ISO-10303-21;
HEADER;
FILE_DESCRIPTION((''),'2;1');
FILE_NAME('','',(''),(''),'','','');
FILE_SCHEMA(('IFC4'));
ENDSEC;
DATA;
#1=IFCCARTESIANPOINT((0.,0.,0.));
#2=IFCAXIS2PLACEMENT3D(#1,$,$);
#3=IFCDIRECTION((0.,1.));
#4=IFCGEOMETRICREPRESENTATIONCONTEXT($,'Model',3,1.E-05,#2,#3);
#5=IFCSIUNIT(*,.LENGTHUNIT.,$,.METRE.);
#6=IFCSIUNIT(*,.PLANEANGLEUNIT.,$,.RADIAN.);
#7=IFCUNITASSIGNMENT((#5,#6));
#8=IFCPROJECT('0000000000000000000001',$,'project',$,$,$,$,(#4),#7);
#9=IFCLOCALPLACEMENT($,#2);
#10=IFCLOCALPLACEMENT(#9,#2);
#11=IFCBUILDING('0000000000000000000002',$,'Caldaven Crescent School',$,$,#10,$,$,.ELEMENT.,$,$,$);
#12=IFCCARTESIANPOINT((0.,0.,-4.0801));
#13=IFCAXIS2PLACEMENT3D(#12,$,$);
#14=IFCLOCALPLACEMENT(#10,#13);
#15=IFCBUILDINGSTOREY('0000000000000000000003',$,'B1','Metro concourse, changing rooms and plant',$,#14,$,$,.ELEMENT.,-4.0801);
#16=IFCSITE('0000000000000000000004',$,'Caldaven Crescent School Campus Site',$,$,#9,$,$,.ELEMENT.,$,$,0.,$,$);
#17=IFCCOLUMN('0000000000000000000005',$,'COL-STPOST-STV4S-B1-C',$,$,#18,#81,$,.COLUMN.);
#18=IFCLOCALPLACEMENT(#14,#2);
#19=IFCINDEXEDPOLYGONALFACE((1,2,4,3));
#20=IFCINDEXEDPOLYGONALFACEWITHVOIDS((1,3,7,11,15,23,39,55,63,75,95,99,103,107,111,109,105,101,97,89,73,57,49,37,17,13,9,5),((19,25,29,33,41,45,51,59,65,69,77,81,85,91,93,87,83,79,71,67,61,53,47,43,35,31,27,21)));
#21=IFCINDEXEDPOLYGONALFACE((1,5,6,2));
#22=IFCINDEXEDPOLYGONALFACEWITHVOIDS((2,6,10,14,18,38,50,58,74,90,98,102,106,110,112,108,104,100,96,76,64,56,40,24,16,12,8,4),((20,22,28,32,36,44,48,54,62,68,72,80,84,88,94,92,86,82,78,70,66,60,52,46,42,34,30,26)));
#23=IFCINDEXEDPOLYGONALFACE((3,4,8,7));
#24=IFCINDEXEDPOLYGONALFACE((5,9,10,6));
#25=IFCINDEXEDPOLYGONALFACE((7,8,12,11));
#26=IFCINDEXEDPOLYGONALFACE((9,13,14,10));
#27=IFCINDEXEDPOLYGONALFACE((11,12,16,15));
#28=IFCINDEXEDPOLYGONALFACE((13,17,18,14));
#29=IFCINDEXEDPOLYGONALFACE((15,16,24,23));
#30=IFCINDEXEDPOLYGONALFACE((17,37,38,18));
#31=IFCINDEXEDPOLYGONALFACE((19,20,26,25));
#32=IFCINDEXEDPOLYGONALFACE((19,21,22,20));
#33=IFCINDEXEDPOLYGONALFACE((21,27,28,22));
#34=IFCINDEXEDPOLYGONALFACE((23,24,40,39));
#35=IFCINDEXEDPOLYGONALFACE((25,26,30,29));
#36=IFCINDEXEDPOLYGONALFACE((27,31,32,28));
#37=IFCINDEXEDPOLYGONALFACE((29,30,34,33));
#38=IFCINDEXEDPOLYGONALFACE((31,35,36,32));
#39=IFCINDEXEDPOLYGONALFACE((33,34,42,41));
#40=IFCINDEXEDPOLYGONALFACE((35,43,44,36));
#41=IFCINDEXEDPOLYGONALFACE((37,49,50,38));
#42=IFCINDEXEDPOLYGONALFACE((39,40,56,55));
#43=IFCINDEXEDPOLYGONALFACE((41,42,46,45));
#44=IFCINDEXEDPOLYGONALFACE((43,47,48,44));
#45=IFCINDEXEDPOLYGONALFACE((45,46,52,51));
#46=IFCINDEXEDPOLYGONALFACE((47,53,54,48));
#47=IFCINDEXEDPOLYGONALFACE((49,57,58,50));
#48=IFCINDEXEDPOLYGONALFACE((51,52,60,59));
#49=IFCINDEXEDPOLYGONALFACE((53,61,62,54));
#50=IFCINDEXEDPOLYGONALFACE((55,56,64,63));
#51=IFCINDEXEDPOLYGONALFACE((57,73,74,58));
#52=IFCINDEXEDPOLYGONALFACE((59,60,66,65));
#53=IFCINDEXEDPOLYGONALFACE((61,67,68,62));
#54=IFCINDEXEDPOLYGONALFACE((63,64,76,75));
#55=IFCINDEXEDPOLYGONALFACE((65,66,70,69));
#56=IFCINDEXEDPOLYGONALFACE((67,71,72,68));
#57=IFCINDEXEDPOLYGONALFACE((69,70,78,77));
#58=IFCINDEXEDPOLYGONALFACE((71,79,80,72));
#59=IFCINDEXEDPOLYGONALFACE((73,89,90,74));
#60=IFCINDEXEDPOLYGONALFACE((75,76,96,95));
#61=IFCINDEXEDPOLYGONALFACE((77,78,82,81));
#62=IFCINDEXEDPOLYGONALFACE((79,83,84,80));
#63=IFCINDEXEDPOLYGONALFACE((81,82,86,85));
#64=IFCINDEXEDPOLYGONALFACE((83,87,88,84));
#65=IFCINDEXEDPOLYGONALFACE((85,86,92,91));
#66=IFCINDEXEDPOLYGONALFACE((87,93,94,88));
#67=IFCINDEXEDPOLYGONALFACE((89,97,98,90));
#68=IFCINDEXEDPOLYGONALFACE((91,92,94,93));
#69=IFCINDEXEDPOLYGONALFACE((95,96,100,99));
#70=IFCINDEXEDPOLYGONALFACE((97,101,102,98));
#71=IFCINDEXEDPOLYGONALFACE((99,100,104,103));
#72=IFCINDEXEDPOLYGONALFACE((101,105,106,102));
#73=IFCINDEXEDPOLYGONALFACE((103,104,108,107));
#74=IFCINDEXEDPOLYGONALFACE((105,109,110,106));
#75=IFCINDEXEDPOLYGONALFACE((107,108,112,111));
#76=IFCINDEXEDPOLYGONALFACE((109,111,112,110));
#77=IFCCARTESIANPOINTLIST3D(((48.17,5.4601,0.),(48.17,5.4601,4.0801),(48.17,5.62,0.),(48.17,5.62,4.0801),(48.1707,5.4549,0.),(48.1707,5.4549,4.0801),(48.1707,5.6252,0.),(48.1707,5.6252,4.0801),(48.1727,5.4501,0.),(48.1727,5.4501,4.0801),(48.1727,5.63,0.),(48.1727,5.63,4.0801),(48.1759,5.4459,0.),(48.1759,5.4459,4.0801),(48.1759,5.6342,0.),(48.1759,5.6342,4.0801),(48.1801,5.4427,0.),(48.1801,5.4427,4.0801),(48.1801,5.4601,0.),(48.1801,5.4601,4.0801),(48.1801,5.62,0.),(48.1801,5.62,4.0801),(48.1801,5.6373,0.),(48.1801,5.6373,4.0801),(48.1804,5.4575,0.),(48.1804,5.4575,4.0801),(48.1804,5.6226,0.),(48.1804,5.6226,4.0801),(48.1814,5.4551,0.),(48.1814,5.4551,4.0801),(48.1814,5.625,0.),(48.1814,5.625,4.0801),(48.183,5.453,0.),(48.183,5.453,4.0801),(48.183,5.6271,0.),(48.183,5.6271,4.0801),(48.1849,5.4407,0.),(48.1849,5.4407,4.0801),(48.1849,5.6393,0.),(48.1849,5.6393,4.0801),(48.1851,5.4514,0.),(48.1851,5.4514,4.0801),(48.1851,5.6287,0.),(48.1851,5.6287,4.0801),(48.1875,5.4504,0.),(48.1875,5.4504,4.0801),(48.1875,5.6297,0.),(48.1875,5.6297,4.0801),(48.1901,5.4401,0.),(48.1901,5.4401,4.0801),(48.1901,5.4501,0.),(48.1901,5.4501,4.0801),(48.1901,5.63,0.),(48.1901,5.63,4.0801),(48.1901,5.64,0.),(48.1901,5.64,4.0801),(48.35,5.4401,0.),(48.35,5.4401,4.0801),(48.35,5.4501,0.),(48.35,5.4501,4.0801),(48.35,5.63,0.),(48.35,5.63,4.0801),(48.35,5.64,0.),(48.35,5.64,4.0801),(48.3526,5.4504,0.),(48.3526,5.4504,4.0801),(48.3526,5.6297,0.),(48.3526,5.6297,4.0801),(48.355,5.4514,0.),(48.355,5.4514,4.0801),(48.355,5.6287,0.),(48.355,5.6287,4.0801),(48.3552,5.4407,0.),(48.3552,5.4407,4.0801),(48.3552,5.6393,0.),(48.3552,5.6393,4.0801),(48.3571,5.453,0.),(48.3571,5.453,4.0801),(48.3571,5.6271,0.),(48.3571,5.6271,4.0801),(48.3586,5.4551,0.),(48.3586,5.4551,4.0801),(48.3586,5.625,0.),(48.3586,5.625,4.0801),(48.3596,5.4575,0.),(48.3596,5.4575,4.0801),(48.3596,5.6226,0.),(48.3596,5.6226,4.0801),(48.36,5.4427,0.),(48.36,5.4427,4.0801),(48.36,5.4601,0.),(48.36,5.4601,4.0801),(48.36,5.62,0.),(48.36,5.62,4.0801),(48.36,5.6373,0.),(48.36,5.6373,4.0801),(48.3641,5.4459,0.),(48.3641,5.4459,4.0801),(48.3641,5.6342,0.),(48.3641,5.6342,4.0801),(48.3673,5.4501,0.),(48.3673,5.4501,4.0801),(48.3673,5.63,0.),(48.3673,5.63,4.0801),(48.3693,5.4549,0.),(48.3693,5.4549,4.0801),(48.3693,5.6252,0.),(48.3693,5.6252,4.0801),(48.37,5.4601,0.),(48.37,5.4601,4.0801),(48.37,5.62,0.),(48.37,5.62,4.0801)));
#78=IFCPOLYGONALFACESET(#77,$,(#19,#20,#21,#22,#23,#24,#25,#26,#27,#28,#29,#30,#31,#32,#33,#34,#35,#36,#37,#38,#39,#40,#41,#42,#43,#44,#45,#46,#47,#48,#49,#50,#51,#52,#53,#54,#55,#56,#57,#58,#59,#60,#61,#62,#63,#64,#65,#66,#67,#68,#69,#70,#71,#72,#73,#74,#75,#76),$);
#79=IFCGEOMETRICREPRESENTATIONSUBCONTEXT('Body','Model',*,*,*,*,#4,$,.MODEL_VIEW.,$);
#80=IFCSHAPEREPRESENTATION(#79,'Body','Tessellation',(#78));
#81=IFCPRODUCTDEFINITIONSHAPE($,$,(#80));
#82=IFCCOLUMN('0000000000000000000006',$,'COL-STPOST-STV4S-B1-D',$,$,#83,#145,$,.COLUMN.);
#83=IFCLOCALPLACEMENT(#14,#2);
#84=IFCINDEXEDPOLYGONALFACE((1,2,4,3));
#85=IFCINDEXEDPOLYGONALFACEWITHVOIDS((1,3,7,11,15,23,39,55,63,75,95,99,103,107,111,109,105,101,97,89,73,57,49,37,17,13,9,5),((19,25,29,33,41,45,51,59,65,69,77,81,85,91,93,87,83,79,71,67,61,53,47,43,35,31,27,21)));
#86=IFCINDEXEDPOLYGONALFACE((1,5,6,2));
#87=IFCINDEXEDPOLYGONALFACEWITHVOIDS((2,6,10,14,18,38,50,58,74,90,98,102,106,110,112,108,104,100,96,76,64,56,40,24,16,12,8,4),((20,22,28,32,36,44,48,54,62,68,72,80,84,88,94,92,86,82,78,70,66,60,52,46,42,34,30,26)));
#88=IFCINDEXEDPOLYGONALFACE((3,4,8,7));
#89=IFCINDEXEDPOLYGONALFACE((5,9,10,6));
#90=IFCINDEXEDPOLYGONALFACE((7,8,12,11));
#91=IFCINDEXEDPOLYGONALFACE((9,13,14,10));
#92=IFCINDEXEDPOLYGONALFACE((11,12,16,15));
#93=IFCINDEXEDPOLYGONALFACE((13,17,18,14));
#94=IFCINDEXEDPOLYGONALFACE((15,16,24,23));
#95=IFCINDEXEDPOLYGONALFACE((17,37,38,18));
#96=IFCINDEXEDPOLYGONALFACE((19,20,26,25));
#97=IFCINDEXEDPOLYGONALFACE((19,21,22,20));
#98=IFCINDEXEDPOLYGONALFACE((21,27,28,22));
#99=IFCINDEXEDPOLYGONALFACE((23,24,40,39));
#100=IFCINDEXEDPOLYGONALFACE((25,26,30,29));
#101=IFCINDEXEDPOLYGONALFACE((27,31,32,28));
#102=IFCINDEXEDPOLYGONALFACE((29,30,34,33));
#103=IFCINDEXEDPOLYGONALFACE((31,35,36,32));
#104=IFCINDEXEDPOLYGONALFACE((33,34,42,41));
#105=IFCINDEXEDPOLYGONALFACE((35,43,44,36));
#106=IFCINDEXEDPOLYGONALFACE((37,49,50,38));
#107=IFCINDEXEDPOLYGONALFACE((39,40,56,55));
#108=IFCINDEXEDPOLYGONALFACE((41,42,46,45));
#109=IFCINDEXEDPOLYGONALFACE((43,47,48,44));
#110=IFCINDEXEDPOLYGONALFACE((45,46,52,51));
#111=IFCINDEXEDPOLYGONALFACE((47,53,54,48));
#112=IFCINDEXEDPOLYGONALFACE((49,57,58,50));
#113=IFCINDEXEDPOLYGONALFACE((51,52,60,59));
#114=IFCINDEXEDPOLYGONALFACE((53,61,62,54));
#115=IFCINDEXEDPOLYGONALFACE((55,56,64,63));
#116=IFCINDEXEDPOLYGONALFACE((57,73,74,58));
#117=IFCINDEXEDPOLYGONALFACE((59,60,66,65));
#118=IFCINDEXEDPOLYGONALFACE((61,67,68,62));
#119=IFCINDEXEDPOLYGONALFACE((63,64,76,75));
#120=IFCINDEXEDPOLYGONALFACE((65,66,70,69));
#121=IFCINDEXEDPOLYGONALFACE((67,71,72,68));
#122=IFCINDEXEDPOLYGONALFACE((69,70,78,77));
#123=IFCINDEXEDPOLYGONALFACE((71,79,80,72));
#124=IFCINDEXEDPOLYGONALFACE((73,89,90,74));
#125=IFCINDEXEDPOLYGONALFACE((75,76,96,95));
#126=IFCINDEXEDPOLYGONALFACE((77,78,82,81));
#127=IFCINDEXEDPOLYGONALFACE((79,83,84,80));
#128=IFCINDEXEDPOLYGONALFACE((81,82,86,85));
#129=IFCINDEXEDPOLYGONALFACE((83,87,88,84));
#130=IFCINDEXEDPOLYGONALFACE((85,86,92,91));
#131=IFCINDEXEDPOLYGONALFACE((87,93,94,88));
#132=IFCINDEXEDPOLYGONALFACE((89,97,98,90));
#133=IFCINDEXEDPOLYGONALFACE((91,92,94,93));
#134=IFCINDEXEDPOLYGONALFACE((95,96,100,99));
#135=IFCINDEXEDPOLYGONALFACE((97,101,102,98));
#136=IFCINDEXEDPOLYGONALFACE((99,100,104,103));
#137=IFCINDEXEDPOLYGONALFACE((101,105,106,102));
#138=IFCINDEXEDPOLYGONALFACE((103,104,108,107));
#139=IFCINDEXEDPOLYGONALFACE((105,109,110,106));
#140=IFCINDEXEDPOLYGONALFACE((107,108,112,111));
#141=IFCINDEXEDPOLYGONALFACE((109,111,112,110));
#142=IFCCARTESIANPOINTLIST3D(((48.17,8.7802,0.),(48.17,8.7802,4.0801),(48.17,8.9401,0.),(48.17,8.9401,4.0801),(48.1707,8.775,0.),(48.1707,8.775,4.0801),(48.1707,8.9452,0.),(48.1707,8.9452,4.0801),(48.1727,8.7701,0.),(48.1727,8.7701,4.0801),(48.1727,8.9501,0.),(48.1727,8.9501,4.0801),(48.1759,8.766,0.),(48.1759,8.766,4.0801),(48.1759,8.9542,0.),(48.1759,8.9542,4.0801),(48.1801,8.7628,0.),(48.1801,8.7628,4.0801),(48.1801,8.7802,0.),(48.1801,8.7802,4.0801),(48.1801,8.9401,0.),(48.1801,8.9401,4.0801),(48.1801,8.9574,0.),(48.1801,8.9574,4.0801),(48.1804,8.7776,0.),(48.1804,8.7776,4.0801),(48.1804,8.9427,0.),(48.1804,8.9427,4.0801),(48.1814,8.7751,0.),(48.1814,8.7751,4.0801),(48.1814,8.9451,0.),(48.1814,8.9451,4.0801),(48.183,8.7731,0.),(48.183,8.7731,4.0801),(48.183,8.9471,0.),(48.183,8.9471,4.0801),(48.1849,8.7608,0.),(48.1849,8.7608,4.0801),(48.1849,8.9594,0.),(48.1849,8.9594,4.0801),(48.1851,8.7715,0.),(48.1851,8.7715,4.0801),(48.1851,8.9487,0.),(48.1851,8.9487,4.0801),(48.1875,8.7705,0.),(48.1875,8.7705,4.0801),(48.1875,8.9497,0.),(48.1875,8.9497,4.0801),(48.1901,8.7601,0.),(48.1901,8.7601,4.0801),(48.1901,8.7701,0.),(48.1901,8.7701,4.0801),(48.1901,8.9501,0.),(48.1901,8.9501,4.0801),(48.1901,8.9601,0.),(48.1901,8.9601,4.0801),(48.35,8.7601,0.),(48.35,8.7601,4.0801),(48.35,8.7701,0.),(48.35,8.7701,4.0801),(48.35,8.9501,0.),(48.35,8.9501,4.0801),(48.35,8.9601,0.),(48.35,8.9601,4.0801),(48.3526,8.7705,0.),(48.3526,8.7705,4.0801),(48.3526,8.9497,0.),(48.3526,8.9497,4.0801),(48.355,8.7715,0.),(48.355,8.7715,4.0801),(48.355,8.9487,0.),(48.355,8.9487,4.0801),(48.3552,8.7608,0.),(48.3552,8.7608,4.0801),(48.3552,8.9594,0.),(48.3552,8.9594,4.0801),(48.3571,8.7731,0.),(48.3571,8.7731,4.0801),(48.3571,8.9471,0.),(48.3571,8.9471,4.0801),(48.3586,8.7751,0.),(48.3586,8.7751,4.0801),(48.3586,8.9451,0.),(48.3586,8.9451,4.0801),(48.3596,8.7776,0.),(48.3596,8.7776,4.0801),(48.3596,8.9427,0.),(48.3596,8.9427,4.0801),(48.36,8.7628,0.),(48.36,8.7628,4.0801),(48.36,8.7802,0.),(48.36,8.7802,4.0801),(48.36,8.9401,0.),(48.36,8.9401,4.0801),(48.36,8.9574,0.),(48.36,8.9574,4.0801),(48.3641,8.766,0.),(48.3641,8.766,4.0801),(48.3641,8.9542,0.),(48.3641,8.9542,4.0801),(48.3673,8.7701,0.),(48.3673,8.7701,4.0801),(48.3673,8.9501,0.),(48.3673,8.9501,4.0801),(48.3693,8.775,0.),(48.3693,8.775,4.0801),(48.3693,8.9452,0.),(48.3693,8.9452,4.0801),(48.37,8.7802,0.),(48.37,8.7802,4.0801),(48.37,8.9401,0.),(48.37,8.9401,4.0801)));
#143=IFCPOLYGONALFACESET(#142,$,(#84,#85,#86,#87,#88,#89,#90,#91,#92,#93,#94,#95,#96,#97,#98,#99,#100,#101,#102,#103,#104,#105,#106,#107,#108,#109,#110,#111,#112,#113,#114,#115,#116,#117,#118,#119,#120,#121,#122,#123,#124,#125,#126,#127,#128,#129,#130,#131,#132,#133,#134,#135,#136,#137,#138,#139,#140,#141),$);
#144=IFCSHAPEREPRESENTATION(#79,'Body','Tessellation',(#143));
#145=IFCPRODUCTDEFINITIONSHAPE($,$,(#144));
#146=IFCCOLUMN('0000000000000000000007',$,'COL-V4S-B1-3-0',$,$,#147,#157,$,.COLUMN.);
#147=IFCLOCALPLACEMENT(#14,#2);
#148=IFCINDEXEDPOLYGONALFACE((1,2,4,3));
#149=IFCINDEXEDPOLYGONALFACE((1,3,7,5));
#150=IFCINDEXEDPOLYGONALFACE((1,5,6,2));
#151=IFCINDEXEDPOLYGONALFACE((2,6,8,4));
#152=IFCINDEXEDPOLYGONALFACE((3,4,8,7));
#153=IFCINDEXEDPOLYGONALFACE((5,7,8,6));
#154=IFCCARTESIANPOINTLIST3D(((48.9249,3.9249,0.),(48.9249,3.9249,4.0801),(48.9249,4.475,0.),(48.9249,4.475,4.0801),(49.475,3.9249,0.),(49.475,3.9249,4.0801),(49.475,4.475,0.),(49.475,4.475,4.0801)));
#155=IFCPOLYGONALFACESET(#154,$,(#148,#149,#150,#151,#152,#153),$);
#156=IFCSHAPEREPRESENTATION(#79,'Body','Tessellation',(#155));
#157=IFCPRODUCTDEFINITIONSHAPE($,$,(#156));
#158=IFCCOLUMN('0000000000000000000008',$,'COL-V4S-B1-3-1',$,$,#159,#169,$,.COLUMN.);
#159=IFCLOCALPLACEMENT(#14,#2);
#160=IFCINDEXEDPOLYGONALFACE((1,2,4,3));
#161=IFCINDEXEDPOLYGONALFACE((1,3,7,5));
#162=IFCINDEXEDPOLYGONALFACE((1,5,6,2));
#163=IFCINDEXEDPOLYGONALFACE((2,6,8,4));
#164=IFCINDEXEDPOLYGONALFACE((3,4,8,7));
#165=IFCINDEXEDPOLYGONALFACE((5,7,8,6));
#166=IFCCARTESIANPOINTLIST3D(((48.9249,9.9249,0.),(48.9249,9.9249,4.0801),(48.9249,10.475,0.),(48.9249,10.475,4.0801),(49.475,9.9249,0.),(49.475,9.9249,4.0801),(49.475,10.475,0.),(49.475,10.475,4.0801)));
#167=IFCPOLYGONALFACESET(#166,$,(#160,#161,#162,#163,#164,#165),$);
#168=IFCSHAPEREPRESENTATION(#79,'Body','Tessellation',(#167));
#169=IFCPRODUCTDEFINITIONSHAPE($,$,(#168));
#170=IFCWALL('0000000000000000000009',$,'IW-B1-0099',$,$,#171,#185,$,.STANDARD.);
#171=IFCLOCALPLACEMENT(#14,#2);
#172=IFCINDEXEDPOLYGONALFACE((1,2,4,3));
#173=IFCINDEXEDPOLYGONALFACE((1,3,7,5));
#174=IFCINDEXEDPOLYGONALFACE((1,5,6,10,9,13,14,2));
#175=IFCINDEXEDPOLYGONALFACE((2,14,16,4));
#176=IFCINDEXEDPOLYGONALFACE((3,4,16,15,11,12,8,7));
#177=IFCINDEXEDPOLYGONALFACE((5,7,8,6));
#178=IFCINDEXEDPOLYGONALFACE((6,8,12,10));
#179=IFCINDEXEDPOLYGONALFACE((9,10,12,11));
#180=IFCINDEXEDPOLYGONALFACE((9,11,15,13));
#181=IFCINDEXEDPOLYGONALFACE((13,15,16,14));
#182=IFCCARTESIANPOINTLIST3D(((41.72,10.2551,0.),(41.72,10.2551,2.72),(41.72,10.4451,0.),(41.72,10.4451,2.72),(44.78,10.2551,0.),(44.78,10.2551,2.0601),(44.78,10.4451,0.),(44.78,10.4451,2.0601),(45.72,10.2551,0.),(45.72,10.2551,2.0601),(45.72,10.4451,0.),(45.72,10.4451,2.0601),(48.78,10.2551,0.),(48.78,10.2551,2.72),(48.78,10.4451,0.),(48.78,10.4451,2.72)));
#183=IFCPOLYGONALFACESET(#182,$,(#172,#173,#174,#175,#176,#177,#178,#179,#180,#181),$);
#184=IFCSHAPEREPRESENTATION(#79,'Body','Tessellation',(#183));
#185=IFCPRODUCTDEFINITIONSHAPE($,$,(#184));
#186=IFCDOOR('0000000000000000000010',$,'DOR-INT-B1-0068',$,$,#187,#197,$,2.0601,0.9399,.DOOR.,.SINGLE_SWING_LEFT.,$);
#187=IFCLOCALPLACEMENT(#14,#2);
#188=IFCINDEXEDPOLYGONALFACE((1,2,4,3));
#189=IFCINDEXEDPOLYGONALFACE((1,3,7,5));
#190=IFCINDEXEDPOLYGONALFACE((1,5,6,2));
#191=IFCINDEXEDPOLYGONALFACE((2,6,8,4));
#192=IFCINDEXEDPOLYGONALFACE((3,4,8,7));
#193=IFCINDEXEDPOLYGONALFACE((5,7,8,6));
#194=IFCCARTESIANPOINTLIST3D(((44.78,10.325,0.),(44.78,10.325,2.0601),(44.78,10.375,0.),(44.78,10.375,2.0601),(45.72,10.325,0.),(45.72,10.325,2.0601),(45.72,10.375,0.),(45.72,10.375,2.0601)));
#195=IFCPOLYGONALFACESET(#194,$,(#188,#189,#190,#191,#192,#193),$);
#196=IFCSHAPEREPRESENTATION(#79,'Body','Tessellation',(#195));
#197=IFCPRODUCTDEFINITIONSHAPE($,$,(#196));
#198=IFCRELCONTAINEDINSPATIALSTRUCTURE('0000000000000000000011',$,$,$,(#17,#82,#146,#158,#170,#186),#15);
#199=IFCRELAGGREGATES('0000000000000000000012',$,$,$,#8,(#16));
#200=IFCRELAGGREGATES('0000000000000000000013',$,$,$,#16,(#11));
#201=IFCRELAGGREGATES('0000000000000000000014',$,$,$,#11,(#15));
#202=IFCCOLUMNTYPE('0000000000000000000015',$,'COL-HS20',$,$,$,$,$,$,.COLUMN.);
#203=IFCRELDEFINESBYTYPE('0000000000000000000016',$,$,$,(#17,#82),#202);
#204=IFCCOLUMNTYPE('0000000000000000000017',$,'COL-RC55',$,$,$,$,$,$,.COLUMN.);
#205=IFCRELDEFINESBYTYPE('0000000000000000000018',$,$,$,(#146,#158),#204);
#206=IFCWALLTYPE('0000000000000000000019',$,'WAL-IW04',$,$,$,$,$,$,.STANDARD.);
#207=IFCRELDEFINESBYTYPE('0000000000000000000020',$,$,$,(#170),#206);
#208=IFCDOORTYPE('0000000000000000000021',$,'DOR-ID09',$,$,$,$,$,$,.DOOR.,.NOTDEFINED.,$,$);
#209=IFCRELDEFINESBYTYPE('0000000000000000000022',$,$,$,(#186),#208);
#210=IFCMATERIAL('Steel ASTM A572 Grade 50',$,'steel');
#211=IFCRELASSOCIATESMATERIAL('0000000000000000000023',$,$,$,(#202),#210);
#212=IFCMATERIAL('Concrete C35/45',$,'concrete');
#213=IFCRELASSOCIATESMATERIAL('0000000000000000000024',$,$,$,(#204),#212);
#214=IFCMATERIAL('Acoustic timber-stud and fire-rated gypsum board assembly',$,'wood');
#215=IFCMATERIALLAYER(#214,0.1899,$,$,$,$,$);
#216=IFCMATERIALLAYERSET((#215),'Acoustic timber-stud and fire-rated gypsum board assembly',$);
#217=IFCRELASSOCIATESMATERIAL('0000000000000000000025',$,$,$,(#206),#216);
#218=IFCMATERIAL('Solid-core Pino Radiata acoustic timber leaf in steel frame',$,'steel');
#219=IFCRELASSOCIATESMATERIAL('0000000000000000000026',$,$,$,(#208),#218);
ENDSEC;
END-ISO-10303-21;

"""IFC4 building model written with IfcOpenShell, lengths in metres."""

from ifc_helpers import new_model, si_unit, direction, frame, frame_2d, origin, origin_2d, place, context, subcontext, project, spatial, rectangle, hollow_rectangle, extrude, material, layer, layer_set, material_profile, profile_set, type_object, element, fill, save


model = new_model("IFC4")

# Units and contexts
model_context = context("Model", 3, precision=1e-05, world=origin(), true_north=direction((0.0, 1.0)))
body_context = subcontext(model_context, "Body", "Model", "MODEL_VIEW")
ifc_project = project(units=[si_unit("LENGTHUNIT", "METRE"), si_unit("PLANEANGLEUNIT", "RADIAN")], contexts=[model_context])

# Site, building, storey
site_placement = place(None, origin())
site = spatial("IfcSite", under=ifc_project, at=site_placement, Name="Caldaven Crescent School Campus Site", CompositionType="ELEMENT", RefElevation=0.0)
building_placement = place(site_placement, origin())
building = spatial("IfcBuilding", under=site, at=building_placement, Name="Caldaven Crescent School", CompositionType="ELEMENT")
storey_placement = place(building_placement, frame((0.0, 0.0, -4.0801)))
storey = spatial("IfcBuildingStorey", under=building, at=storey_placement, Name="B1", Description="Metro concourse, changing rooms and plant", CompositionType="ELEMENT", Elevation=-4.0801)

# Shared definitions
ifc_material_1 = material(Name="Concrete C35/45", Category="concrete")

# Columns
ifc_material_2 = material(Name="Steel ASTM A572 Grade 50", Category="steel")
ifc_material_profile_1 = material_profile(ifc_material_2, hollow_rectangle(XDim=0.2, YDim=0.2, WallThickness=0.01, InnerFilletRadius=0.01, OuterFilletRadius=0.02, at=origin_2d()), Name="HSS 200x200x10")
ifc_profile_set_1 = profile_set([ifc_material_profile_1], Name="Steel ASTM A572 Grade 50")
column_type_1 = type_object("IfcColumnType", Name="COL-HS20", PredefinedType="COLUMN", material=ifc_profile_set_1)
for number, where, z_axis, x_axis, name in (
    (1, (48.27, 5.54, 0.0), (0.0, 0.0, 1.0), (1.0, 0.0, 0.0), "COL-STPOST-STV4S-B1-C"),
    (2, (48.27, 8.8601, 0.0), (0.0, 0.0, 1.0), (1.0, 0.0, 0.0), "COL-STPOST-STV4S-B1-D"),
):
    element("IfcColumn", number, at=place(storey_placement, frame(where, z_axis=z_axis, x_axis=x_axis)), inside=storey, type_object=column_type_1, Name=name, PredefinedType="COLUMN", context=body_context, shape_type="SweptSolid", body=[
        extrude(hollow_rectangle(XDim=0.2, YDim=0.2, WallThickness=0.01, InnerFilletRadius=0.01, OuterFilletRadius=0.02, at=origin_2d()), origin(), (0.0, 0.0, 1.0), 4.0801),
    ])
ifc_material_profile_2 = material_profile(ifc_material_1, rectangle(XDim=0.55, YDim=0.55, at=origin_2d()), Name="RC 550x550")
ifc_profile_set_2 = profile_set([ifc_material_profile_2], Name="Concrete C35/45")
column_type_2 = type_object("IfcColumnType", Name="COL-RC55", PredefinedType="COLUMN", material=ifc_profile_set_2)
for number, where, z_axis, x_axis, name in (
    (3, (49.2, 4.2, 0.0), (0.0, 0.0, 1.0), (1.0, 0.0, 0.0), "COL-V4S-B1-3-0"),
    (4, (49.2, 10.2, 0.0), (0.0, 0.0, 1.0), (1.0, 0.0, 0.0), "COL-V4S-B1-3-1"),
):
    element("IfcColumn", number, at=place(storey_placement, frame(where, z_axis=z_axis, x_axis=x_axis)), inside=storey, type_object=column_type_2, Name=name, PredefinedType="COLUMN", context=body_context, shape_type="SweptSolid", body=[
        extrude(rectangle(XDim=0.55, YDim=0.55, at=origin_2d()), origin(), (0.0, 0.0, 1.0), 4.0801),
    ])

# Wall, opening, door
ifc_material_3 = material(Name="Acoustic timber-stud and fire-rated gypsum board assembly", Category="wood")
ifc_layer_1 = layer(ifc_material_3, 0.1899)
ifc_layer_set_1 = layer_set([ifc_layer_1], Name="Acoustic timber-stud and fire-rated gypsum board assembly")
wall_type_1 = type_object("IfcWallType", Name="WAL-IW04", PredefinedType="STANDARD", material=ifc_layer_set_1)
wall_1_placement = place(storey_placement, frame((41.72, 10.3501, 0.0), z_axis=(0.0, 0.0, 1.0), x_axis=(1.0, 0.0, 0.0)))
wall_1 = element("IfcWall", 5, at=wall_1_placement, inside=storey, type_object=wall_type_1, Name="IW-B1-0099", PredefinedType="STANDARD", context=body_context, shape_type="SweptSolid", body=[
    extrude(rectangle(XDim=7.0601, YDim=0.1899, at=frame_2d((3.53, 0.0))), origin(), (0.0, 0.0, 1.0), 2.72),
])
opening_1_placement = place(wall_1_placement, frame((3.0601, 0.0, 0.0)))
opening_1 = element("IfcOpeningElement", 6, at=opening_1_placement, cuts=wall_1, PredefinedType="OPENING", context=body_context, shape_type="SweptSolid", body=[
    extrude(rectangle(XDim=0.9399, YDim=2.0601, at=frame_2d((0.47, 1.03))), frame((0.0, 0.105, 0.0), z_axis=(0.0, -1.0, 0.0), x_axis=(1.0, 0.0, 0.0)), (0.0, 0.0, 1.0), 0.21),
])
ifc_material_4 = material(Name="Solid-core Pino Radiata acoustic timber leaf in steel frame", Category="steel")
door_type_1 = type_object("IfcDoorType", Name="DOR-ID09", OperationType="NOTDEFINED", PredefinedType="DOOR", material=ifc_material_4)
door_1_placement = place(opening_1_placement, origin())
door_1 = element("IfcDoor", 7, at=door_1_placement, inside=storey, type_object=door_type_1, Name="DOR-INT-B1-0068", OperationType="SINGLE_SWING_LEFT", OverallHeight=2.0601, OverallWidth=0.9399, PredefinedType="DOOR", context=body_context, shape_type="SweptSolid", body=[
    extrude(rectangle(XDim=0.9399, YDim=2.0601, at=frame_2d((0.47, 1.03))), frame((0.0, 0.0249, 0.0), z_axis=(0.0, -1.0, 0.0), x_axis=(1.0, 0.0, 0.0)), (0.0, 0.0, 1.0), 0.05),
])
fill(opening_1, door_1)

save(model, "model.ifc")
